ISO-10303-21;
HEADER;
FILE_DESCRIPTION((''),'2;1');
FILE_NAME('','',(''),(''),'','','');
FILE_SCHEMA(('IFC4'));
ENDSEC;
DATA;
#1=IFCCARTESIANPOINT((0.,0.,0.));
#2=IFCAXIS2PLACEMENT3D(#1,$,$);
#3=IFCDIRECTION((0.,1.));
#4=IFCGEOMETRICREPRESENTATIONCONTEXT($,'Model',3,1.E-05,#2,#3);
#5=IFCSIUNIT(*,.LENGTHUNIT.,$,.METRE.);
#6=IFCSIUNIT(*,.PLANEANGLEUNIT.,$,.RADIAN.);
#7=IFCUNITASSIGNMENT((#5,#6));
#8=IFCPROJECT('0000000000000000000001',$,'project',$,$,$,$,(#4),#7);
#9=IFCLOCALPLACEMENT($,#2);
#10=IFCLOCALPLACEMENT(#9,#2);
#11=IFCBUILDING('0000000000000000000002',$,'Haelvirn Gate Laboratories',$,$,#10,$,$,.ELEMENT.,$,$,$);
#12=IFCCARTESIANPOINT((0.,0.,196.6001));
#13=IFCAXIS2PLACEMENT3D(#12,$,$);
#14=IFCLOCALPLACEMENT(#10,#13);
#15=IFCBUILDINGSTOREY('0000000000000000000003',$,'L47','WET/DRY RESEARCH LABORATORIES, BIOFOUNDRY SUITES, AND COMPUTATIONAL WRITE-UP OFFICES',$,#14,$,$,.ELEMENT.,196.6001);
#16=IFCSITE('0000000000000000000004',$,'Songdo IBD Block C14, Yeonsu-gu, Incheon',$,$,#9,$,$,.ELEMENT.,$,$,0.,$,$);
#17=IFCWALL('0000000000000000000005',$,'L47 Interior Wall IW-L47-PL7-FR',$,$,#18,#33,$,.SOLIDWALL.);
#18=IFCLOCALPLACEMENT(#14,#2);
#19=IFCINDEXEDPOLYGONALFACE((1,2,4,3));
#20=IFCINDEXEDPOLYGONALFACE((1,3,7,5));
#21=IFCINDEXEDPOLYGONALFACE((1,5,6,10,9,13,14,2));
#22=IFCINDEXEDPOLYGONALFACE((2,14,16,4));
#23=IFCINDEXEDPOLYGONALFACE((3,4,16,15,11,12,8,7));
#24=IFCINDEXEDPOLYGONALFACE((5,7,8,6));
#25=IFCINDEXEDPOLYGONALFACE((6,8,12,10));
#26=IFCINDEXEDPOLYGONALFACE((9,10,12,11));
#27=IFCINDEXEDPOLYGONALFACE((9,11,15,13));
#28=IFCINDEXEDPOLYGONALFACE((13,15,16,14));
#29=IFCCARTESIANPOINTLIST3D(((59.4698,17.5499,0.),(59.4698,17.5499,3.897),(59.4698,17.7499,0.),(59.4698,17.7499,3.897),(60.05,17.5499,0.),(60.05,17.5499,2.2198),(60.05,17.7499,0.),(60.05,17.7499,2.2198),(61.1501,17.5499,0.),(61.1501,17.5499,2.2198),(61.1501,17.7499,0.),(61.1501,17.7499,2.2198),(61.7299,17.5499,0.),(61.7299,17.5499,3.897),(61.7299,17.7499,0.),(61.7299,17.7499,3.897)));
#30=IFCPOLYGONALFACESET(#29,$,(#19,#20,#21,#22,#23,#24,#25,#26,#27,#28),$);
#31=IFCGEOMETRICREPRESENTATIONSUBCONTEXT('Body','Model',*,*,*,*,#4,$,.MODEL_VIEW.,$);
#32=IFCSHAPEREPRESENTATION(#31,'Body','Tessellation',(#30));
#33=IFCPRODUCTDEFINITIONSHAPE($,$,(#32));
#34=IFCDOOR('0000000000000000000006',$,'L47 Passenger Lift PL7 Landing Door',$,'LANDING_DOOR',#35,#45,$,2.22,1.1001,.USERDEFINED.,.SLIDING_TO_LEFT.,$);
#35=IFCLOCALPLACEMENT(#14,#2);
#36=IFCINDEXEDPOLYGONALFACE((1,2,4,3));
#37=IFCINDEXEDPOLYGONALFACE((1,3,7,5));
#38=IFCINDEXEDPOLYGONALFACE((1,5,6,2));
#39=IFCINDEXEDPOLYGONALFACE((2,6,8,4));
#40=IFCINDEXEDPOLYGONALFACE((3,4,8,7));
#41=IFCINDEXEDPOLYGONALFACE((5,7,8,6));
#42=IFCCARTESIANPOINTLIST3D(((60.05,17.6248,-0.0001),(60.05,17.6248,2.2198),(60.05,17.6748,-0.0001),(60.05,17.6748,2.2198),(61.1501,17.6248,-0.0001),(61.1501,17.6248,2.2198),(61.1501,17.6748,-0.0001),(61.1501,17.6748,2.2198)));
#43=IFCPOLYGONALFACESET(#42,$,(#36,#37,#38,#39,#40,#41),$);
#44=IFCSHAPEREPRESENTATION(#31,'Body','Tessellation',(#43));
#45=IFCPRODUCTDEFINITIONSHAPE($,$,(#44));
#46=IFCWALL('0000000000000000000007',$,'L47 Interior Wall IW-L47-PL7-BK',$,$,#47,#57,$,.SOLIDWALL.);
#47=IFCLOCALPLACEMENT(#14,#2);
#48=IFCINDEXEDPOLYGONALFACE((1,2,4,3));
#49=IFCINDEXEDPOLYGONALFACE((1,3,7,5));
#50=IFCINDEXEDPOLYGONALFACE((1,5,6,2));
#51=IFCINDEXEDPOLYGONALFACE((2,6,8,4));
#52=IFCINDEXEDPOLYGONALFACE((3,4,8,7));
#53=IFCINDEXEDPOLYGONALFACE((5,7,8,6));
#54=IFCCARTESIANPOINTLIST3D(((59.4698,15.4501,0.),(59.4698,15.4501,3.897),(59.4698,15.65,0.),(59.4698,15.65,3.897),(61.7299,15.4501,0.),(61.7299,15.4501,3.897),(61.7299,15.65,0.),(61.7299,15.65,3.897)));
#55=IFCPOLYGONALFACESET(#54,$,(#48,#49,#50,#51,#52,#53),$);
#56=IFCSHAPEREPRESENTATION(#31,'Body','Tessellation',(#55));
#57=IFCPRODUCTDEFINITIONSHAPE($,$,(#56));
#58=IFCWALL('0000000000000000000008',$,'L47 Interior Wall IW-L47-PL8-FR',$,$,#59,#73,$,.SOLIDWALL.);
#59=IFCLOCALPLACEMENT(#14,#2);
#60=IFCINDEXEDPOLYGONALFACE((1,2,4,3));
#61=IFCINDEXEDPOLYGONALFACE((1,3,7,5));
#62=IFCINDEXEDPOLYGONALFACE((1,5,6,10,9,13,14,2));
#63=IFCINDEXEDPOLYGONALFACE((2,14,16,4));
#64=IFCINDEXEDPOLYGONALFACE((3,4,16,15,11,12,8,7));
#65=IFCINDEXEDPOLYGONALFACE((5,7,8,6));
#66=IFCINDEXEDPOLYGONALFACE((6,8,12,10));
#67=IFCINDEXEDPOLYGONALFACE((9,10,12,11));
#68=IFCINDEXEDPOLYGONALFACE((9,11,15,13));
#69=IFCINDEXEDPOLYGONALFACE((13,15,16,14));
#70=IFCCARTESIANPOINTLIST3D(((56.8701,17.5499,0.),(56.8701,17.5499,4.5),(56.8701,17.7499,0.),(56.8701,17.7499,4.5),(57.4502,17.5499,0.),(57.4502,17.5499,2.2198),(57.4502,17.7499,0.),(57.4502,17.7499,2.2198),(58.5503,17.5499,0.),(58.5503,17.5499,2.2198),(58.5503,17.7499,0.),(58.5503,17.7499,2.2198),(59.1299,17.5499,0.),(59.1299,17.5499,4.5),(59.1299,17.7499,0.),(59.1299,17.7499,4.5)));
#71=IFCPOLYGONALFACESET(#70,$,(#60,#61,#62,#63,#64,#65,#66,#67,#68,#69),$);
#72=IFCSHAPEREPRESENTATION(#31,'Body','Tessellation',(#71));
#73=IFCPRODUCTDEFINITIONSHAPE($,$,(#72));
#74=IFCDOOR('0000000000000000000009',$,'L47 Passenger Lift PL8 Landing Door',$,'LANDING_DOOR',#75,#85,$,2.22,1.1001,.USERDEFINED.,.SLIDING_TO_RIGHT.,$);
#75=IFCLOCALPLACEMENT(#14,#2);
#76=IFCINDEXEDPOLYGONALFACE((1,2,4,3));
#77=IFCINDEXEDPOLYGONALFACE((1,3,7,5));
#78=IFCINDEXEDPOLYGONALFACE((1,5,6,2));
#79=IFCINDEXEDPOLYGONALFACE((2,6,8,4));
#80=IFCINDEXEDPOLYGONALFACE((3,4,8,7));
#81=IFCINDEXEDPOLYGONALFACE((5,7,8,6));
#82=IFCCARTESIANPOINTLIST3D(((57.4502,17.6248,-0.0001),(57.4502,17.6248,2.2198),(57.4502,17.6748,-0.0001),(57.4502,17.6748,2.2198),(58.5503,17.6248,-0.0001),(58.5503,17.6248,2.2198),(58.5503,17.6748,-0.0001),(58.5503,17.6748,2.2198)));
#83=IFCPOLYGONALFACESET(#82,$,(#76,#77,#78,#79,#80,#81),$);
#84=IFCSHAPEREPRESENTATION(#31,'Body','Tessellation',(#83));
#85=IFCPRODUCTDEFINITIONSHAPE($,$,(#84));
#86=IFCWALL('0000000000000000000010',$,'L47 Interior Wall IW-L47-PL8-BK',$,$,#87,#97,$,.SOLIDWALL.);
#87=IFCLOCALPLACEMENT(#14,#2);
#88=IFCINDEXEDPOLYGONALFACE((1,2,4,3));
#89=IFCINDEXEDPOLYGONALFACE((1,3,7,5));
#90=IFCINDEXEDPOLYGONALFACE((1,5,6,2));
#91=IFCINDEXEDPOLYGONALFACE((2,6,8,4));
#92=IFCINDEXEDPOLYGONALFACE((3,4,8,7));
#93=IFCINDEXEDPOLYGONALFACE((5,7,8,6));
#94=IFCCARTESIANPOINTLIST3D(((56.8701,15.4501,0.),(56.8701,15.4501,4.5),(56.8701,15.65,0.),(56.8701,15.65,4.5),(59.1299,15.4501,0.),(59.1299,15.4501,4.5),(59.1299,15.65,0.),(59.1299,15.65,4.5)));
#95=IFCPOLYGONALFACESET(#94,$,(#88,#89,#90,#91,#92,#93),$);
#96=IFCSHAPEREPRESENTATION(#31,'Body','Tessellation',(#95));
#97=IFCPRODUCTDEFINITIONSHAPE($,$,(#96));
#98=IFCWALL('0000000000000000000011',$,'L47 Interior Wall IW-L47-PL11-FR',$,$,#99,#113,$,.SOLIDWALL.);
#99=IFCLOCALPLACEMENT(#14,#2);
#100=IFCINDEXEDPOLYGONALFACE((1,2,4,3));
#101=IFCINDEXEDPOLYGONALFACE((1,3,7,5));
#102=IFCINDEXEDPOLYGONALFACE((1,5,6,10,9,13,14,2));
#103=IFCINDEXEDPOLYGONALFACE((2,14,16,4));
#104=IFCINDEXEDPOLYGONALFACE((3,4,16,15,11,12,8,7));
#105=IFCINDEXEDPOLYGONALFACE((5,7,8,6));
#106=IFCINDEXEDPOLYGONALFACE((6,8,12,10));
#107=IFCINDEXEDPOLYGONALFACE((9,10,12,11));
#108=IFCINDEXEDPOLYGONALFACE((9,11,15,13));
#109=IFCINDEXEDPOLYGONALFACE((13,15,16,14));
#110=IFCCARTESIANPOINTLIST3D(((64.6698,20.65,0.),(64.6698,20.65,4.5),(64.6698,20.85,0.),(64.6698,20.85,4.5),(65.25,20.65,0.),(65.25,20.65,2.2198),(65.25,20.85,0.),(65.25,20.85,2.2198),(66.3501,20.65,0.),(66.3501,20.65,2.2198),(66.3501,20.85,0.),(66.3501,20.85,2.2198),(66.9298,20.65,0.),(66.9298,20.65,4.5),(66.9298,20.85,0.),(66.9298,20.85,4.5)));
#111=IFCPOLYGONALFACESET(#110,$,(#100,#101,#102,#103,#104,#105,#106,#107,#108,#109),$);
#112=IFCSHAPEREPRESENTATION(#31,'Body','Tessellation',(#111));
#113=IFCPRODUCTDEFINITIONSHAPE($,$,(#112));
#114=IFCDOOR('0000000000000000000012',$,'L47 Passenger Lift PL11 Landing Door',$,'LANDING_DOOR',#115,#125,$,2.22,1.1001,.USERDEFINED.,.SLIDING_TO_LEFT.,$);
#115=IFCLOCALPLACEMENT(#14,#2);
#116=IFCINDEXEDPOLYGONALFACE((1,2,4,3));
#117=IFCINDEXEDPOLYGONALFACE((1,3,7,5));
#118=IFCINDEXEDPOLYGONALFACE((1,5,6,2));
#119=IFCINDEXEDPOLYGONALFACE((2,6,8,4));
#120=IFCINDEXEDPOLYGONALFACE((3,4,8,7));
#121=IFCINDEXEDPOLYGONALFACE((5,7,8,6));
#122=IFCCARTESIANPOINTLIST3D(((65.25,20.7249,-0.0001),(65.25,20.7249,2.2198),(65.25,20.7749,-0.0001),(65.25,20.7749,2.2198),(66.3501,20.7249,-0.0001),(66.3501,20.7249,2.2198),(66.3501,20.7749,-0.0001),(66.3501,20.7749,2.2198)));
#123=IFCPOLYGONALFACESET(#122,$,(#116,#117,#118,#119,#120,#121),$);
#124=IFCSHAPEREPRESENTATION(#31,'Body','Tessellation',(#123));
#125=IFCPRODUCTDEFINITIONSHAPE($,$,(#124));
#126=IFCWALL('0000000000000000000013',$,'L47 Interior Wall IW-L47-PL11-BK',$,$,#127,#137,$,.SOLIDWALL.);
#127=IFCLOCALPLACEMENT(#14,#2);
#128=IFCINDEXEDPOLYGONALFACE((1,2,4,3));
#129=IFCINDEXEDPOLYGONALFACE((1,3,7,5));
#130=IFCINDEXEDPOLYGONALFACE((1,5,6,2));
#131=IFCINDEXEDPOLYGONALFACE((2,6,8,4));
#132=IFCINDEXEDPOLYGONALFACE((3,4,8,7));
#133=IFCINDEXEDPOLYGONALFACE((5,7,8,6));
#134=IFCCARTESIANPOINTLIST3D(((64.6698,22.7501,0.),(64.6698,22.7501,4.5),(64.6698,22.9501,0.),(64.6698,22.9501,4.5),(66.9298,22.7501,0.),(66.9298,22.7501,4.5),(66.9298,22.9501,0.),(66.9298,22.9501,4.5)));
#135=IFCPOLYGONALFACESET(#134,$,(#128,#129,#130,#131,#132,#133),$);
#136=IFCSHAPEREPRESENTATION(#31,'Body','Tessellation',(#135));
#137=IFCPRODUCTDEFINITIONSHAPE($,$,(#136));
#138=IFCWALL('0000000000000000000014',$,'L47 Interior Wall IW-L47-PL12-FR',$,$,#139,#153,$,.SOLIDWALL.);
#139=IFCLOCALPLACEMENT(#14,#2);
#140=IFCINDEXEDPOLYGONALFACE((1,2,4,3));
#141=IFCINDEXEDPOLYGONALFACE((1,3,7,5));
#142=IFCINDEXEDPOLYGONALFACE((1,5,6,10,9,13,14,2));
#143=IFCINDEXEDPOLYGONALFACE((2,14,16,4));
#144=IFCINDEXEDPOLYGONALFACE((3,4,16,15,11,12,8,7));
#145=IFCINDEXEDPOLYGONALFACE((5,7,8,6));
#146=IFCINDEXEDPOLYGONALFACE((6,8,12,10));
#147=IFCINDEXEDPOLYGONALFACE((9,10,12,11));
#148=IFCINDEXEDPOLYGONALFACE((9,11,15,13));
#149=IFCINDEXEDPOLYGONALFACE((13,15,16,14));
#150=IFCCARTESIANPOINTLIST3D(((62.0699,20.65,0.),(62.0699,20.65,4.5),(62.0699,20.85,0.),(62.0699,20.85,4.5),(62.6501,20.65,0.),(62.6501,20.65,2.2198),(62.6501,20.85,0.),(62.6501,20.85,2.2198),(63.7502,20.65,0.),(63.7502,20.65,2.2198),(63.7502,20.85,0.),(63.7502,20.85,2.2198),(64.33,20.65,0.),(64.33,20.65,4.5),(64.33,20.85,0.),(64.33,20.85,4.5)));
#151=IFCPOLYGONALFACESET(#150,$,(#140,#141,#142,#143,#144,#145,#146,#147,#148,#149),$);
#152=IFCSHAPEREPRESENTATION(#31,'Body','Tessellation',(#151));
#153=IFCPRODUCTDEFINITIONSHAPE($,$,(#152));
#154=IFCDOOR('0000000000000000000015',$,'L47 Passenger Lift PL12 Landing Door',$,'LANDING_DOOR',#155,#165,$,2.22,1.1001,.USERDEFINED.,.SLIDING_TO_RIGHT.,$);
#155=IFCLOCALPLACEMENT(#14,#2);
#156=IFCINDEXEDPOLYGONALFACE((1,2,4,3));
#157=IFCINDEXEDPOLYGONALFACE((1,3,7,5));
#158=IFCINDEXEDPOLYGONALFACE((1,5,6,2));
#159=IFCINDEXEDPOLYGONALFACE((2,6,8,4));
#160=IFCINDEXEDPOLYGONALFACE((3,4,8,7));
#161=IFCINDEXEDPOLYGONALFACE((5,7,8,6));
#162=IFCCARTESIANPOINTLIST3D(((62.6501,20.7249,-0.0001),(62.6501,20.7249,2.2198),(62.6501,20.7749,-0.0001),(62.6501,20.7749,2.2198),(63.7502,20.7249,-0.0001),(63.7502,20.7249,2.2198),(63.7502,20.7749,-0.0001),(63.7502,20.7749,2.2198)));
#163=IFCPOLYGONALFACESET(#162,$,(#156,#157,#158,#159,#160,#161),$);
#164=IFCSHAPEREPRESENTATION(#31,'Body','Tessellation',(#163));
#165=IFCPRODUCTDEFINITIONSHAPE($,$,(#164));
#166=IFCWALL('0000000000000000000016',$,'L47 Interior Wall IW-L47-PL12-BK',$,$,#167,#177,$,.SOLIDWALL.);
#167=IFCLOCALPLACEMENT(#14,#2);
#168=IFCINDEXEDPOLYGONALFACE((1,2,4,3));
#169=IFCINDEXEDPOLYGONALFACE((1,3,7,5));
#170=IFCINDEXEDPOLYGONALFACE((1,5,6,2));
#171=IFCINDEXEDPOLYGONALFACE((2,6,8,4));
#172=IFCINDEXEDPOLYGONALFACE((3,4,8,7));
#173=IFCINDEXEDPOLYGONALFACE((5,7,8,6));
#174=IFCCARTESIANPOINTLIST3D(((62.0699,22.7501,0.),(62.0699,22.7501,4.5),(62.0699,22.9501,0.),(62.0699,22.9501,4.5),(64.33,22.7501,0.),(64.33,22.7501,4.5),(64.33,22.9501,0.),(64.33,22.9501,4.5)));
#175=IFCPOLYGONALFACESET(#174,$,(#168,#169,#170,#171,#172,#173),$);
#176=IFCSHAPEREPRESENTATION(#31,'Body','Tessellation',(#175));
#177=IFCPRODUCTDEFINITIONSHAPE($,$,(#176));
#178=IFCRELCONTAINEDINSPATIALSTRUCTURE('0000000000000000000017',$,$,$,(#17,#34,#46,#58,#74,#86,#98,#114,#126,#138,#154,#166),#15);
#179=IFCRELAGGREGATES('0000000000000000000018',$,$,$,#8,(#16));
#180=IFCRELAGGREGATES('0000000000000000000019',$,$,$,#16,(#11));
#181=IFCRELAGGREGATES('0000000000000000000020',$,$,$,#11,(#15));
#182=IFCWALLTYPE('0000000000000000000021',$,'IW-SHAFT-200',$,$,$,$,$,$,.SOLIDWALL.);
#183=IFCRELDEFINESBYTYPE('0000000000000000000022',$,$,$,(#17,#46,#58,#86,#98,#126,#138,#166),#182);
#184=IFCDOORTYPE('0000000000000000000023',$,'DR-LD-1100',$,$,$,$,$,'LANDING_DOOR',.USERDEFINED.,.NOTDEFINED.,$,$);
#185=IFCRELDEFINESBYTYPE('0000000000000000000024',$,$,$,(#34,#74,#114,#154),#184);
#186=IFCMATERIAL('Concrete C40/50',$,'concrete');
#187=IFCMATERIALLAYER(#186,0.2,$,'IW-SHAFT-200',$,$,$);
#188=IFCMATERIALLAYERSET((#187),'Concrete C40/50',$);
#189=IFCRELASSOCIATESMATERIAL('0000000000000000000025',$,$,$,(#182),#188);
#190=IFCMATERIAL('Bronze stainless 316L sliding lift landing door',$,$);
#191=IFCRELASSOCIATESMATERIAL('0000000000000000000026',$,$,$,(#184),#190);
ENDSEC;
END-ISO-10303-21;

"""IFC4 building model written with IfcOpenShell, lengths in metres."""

from ifc_helpers import new_model, si_unit, direction, frame, frame_2d, origin, place, context, subcontext, project, spatial, rectangle, extrude, source, transform, mapped, material, layer, layer_set, type_object, type_shapes, element, fill, save


model = new_model("IFC4")

# Units and contexts
model_context = context("Model", 3, precision=1e-05, world=origin(), true_north=direction((0.0, 1.0)))
body_context = subcontext(model_context, "Body", "Model", "MODEL_VIEW")
ifc_project = project(units=[si_unit("LENGTHUNIT", "METRE"), si_unit("PLANEANGLEUNIT", "RADIAN")], contexts=[model_context])

# Site, building, storey
site_placement = place(None, origin())
site = spatial("IfcSite", under=ifc_project, at=site_placement, Name="Songdo IBD Block C14, Yeonsu-gu, Incheon", CompositionType="ELEMENT", RefElevation=0.0)
building_placement = place(site_placement, origin())
building = spatial("IfcBuilding", under=site, at=building_placement, Name="Haelvirn Gate Laboratories", CompositionType="ELEMENT")
storey_placement = place(building_placement, frame((0.0, 0.0, 196.6001)))
storey = spatial("IfcBuildingStorey", under=building, at=storey_placement, Name="L47", Description="WET/DRY RESEARCH LABORATORIES, BIOFOUNDRY SUITES, AND COMPUTATIONAL WRITE-UP OFFICES", CompositionType="ELEMENT", Elevation=196.6001)

# Shared definitions
ifc_material_1 = material(Name="Concrete C40/50", Category="concrete")

# Wall, opening, door
ifc_layer_1 = layer(ifc_material_1, 0.2, Name="IW-SHAFT-200")
ifc_layer_set_1 = layer_set([ifc_layer_1], Name="Concrete C40/50")
wall_type_1 = type_object("IfcWallType", Name="IW-SHAFT-200", PredefinedType="SOLIDWALL", material=ifc_layer_set_1)
wall_1_placement = place(storey_placement, frame((59.47, 17.6499, 0.0), z_axis=(0.0, 0.0, 1.0), x_axis=(1.0, 0.0, 0.0)))
wall_1 = element("IfcWall", 1, at=wall_1_placement, inside=storey, type_object=wall_type_1, Name="L47 Interior Wall IW-L47-PL7-FR", PredefinedType="SOLIDWALL", context=body_context, shape_type="SweptSolid", body=[
    extrude(rectangle(XDim=2.26, YDim=0.2, at=frame_2d((1.1299, 0.0))), origin(), (0.0, 0.0, 1.0), 3.897),
])
opening_1_placement = place(wall_1_placement, frame((0.5801, 0.0, 0.0)))
opening_1 = element("IfcOpeningElement", 2, at=opening_1_placement, cuts=wall_1, PredefinedType="OPENING", context=body_context, shape_type="SweptSolid", body=[
    extrude(rectangle(XDim=1.1001, YDim=2.22, at=frame_2d((0.55, 1.1099))), frame((0.0, 0.1099, 0.0), z_axis=(0.0, -1.0, 0.0), x_axis=(1.0, 0.0, 0.0)), (0.0, 0.0, 1.0), 0.22),
])
ifc_material_2 = material(Name="Bronze stainless 316L sliding lift landing door")
door_type_1 = type_object("IfcDoorType", Name="DR-LD-1100", ElementType="LANDING_DOOR", OperationType="NOTDEFINED", PredefinedType="USERDEFINED", material=ifc_material_2)
shared_shape_1 = source(origin(), body_context, "Body", "SweptSolid", [
    extrude(rectangle(XDim=1.1001, YDim=2.22, at=frame_2d((0.55, 1.1099))), frame((0.0, 0.0249, 0.0), z_axis=(0.0, -1.0, 0.0), x_axis=(1.0, 0.0, 0.0)), (0.0, 0.0, 1.0), 0.05),
])
type_shapes(door_type_1, [shared_shape_1])
door_1_placement = place(opening_1_placement, origin())
door_1 = element("IfcDoor", 3, at=door_1_placement, inside=storey, type_object=door_type_1, Name="L47 Passenger Lift PL7 Landing Door", ObjectType="LANDING_DOOR", OperationType="SLIDING_TO_LEFT", OverallHeight=2.22, OverallWidth=1.1001, PredefinedType="USERDEFINED", context=body_context, shape_type="MappedRepresentation", body=[
    mapped(shared_shape_1, transform((0.0, 0.0, 0.0), scale=1.0)),
])
fill(opening_1, door_1)

# Wall
wall_2_placement = place(storey_placement, frame((59.47, 15.55, 0.0), z_axis=(0.0, 0.0, 1.0), x_axis=(1.0, 0.0, 0.0)))
element("IfcWall", 4, at=wall_2_placement, inside=storey, type_object=wall_type_1, Name="L47 Interior Wall IW-L47-PL7-BK", PredefinedType="SOLIDWALL", context=body_context, shape_type="SweptSolid", body=[
    extrude(rectangle(XDim=2.26, YDim=0.2, at=frame_2d((1.1299, 0.0))), origin(), (0.0, 0.0, 1.0), 3.897),
])

# Wall, opening, door
wall_3_placement = place(storey_placement, frame((56.8701, 17.6499, 0.0), z_axis=(0.0, 0.0, 1.0), x_axis=(1.0, 0.0, 0.0)))
wall_3 = element("IfcWall", 5, at=wall_3_placement, inside=storey, type_object=wall_type_1, Name="L47 Interior Wall IW-L47-PL8-FR", PredefinedType="SOLIDWALL", context=body_context, shape_type="SweptSolid", body=[
    extrude(rectangle(XDim=2.2598, YDim=0.2, at=frame_2d((1.1299, 0.0))), origin(), (0.0, 0.0, 1.0), 4.5),
])
opening_2_placement = place(wall_3_placement, frame((0.5801, 0.0, 0.0)))
opening_2 = element("IfcOpeningElement", 6, at=opening_2_placement, cuts=wall_3, PredefinedType="OPENING", context=body_context, shape_type="SweptSolid", body=[
    extrude(rectangle(XDim=1.1001, YDim=2.22, at=frame_2d((0.55, 1.1099))), frame((0.0, 0.1099, 0.0), z_axis=(0.0, -1.0, 0.0), x_axis=(1.0, 0.0, 0.0)), (0.0, 0.0, 1.0), 0.22),
])
door_2_placement = place(opening_2_placement, origin())
door_2 = element("IfcDoor", 7, at=door_2_placement, inside=storey, type_object=door_type_1, Name="L47 Passenger Lift PL8 Landing Door", ObjectType="LANDING_DOOR", OperationType="SLIDING_TO_RIGHT", OverallHeight=2.22, OverallWidth=1.1001, PredefinedType="USERDEFINED", context=body_context, shape_type="MappedRepresentation", body=[
    mapped(shared_shape_1, transform((0.0, 0.0, 0.0), scale=1.0)),
])
fill(opening_2, door_2)

# Wall
wall_4_placement = place(storey_placement, frame((56.8701, 15.55, 0.0), z_axis=(0.0, 0.0, 1.0), x_axis=(1.0, 0.0, 0.0)))
element("IfcWall", 8, at=wall_4_placement, inside=storey, type_object=wall_type_1, Name="L47 Interior Wall IW-L47-PL8-BK", PredefinedType="SOLIDWALL", context=body_context, shape_type="SweptSolid", body=[
    extrude(rectangle(XDim=2.2598, YDim=0.2, at=frame_2d((1.1299, 0.0))), origin(), (0.0, 0.0, 1.0), 4.5),
])

# Wall, opening, door
wall_5_placement = place(storey_placement, frame((64.6699, 20.75, 0.0), z_axis=(0.0, 0.0, 1.0), x_axis=(1.0, 0.0, 0.0)))
wall_5 = element("IfcWall", 9, at=wall_5_placement, inside=storey, type_object=wall_type_1, Name="L47 Interior Wall IW-L47-PL11-FR", PredefinedType="SOLIDWALL", context=body_context, shape_type="SweptSolid", body=[
    extrude(rectangle(XDim=2.26, YDim=0.2, at=frame_2d((1.1299, 0.0))), origin(), (0.0, 0.0, 1.0), 4.5),
])
opening_3_placement = place(wall_5_placement, frame((0.5801, 0.0, 0.0)))
opening_3 = element("IfcOpeningElement", 10, at=opening_3_placement, cuts=wall_5, PredefinedType="OPENING", context=body_context, shape_type="SweptSolid", body=[
    extrude(rectangle(XDim=1.1001, YDim=2.22, at=frame_2d((0.55, 1.1099))), frame((0.0, 0.1099, 0.0), z_axis=(0.0, -1.0, 0.0), x_axis=(1.0, 0.0, 0.0)), (0.0, 0.0, 1.0), 0.22),
])
door_3_placement = place(opening_3_placement, origin())
door_3 = element("IfcDoor", 11, at=door_3_placement, inside=storey, type_object=door_type_1, Name="L47 Passenger Lift PL11 Landing Door", ObjectType="LANDING_DOOR", OperationType="SLIDING_TO_LEFT", OverallHeight=2.22, OverallWidth=1.1001, PredefinedType="USERDEFINED", context=body_context, shape_type="MappedRepresentation", body=[
    mapped(shared_shape_1, transform((0.0, 0.0, 0.0), scale=1.0)),
])
fill(opening_3, door_3)

# Wall
wall_6_placement = place(storey_placement, frame((64.6699, 22.8501, 0.0), z_axis=(0.0, 0.0, 1.0), x_axis=(1.0, 0.0, 0.0)))
element("IfcWall", 12, at=wall_6_placement, inside=storey, type_object=wall_type_1, Name="L47 Interior Wall IW-L47-PL11-BK", PredefinedType="SOLIDWALL", context=body_context, shape_type="SweptSolid", body=[
    extrude(rectangle(XDim=2.26, YDim=0.2, at=frame_2d((1.1299, 0.0))), origin(), (0.0, 0.0, 1.0), 4.5),
])

# Wall, opening, door
wall_7_placement = place(storey_placement, frame((62.0701, 20.75, 0.0), z_axis=(0.0, 0.0, 1.0), x_axis=(1.0, 0.0, 0.0)))
wall_7 = element("IfcWall", 13, at=wall_7_placement, inside=storey, type_object=wall_type_1, Name="L47 Interior Wall IW-L47-PL12-FR", PredefinedType="SOLIDWALL", context=body_context, shape_type="SweptSolid", body=[
    extrude(rectangle(XDim=2.26, YDim=0.2, at=frame_2d((1.1299, 0.0))), origin(), (0.0, 0.0, 1.0), 4.5),
])
opening_4_placement = place(wall_7_placement, frame((0.5801, 0.0, 0.0)))
opening_4 = element("IfcOpeningElement", 14, at=opening_4_placement, cuts=wall_7, PredefinedType="OPENING", context=body_context, shape_type="SweptSolid", body=[
    extrude(rectangle(XDim=1.1001, YDim=2.22, at=frame_2d((0.55, 1.1099))), frame((0.0, 0.1099, 0.0), z_axis=(0.0, -1.0, 0.0), x_axis=(1.0, 0.0, 0.0)), (0.0, 0.0, 1.0), 0.22),
])
door_4_placement = place(opening_4_placement, origin())
door_4 = element("IfcDoor", 15, at=door_4_placement, inside=storey, type_object=door_type_1, Name="L47 Passenger Lift PL12 Landing Door", ObjectType="LANDING_DOOR", OperationType="SLIDING_TO_RIGHT", OverallHeight=2.22, OverallWidth=1.1001, PredefinedType="USERDEFINED", context=body_context, shape_type="MappedRepresentation", body=[
    mapped(shared_shape_1, transform((0.0, 0.0, 0.0), scale=1.0)),
])
fill(opening_4, door_4)

# Wall
wall_8_placement = place(storey_placement, frame((62.0701, 22.8501, 0.0), z_axis=(0.0, 0.0, 1.0), x_axis=(1.0, 0.0, 0.0)))
element("IfcWall", 16, at=wall_8_placement, inside=storey, type_object=wall_type_1, Name="L47 Interior Wall IW-L47-PL12-BK", PredefinedType="SOLIDWALL", context=body_context, shape_type="SweptSolid", body=[
    extrude(rectangle(XDim=2.26, YDim=0.2, at=frame_2d((1.1299, 0.0))), origin(), (0.0, 0.0, 1.0), 4.5),
])

save(model, "model.ifc")
